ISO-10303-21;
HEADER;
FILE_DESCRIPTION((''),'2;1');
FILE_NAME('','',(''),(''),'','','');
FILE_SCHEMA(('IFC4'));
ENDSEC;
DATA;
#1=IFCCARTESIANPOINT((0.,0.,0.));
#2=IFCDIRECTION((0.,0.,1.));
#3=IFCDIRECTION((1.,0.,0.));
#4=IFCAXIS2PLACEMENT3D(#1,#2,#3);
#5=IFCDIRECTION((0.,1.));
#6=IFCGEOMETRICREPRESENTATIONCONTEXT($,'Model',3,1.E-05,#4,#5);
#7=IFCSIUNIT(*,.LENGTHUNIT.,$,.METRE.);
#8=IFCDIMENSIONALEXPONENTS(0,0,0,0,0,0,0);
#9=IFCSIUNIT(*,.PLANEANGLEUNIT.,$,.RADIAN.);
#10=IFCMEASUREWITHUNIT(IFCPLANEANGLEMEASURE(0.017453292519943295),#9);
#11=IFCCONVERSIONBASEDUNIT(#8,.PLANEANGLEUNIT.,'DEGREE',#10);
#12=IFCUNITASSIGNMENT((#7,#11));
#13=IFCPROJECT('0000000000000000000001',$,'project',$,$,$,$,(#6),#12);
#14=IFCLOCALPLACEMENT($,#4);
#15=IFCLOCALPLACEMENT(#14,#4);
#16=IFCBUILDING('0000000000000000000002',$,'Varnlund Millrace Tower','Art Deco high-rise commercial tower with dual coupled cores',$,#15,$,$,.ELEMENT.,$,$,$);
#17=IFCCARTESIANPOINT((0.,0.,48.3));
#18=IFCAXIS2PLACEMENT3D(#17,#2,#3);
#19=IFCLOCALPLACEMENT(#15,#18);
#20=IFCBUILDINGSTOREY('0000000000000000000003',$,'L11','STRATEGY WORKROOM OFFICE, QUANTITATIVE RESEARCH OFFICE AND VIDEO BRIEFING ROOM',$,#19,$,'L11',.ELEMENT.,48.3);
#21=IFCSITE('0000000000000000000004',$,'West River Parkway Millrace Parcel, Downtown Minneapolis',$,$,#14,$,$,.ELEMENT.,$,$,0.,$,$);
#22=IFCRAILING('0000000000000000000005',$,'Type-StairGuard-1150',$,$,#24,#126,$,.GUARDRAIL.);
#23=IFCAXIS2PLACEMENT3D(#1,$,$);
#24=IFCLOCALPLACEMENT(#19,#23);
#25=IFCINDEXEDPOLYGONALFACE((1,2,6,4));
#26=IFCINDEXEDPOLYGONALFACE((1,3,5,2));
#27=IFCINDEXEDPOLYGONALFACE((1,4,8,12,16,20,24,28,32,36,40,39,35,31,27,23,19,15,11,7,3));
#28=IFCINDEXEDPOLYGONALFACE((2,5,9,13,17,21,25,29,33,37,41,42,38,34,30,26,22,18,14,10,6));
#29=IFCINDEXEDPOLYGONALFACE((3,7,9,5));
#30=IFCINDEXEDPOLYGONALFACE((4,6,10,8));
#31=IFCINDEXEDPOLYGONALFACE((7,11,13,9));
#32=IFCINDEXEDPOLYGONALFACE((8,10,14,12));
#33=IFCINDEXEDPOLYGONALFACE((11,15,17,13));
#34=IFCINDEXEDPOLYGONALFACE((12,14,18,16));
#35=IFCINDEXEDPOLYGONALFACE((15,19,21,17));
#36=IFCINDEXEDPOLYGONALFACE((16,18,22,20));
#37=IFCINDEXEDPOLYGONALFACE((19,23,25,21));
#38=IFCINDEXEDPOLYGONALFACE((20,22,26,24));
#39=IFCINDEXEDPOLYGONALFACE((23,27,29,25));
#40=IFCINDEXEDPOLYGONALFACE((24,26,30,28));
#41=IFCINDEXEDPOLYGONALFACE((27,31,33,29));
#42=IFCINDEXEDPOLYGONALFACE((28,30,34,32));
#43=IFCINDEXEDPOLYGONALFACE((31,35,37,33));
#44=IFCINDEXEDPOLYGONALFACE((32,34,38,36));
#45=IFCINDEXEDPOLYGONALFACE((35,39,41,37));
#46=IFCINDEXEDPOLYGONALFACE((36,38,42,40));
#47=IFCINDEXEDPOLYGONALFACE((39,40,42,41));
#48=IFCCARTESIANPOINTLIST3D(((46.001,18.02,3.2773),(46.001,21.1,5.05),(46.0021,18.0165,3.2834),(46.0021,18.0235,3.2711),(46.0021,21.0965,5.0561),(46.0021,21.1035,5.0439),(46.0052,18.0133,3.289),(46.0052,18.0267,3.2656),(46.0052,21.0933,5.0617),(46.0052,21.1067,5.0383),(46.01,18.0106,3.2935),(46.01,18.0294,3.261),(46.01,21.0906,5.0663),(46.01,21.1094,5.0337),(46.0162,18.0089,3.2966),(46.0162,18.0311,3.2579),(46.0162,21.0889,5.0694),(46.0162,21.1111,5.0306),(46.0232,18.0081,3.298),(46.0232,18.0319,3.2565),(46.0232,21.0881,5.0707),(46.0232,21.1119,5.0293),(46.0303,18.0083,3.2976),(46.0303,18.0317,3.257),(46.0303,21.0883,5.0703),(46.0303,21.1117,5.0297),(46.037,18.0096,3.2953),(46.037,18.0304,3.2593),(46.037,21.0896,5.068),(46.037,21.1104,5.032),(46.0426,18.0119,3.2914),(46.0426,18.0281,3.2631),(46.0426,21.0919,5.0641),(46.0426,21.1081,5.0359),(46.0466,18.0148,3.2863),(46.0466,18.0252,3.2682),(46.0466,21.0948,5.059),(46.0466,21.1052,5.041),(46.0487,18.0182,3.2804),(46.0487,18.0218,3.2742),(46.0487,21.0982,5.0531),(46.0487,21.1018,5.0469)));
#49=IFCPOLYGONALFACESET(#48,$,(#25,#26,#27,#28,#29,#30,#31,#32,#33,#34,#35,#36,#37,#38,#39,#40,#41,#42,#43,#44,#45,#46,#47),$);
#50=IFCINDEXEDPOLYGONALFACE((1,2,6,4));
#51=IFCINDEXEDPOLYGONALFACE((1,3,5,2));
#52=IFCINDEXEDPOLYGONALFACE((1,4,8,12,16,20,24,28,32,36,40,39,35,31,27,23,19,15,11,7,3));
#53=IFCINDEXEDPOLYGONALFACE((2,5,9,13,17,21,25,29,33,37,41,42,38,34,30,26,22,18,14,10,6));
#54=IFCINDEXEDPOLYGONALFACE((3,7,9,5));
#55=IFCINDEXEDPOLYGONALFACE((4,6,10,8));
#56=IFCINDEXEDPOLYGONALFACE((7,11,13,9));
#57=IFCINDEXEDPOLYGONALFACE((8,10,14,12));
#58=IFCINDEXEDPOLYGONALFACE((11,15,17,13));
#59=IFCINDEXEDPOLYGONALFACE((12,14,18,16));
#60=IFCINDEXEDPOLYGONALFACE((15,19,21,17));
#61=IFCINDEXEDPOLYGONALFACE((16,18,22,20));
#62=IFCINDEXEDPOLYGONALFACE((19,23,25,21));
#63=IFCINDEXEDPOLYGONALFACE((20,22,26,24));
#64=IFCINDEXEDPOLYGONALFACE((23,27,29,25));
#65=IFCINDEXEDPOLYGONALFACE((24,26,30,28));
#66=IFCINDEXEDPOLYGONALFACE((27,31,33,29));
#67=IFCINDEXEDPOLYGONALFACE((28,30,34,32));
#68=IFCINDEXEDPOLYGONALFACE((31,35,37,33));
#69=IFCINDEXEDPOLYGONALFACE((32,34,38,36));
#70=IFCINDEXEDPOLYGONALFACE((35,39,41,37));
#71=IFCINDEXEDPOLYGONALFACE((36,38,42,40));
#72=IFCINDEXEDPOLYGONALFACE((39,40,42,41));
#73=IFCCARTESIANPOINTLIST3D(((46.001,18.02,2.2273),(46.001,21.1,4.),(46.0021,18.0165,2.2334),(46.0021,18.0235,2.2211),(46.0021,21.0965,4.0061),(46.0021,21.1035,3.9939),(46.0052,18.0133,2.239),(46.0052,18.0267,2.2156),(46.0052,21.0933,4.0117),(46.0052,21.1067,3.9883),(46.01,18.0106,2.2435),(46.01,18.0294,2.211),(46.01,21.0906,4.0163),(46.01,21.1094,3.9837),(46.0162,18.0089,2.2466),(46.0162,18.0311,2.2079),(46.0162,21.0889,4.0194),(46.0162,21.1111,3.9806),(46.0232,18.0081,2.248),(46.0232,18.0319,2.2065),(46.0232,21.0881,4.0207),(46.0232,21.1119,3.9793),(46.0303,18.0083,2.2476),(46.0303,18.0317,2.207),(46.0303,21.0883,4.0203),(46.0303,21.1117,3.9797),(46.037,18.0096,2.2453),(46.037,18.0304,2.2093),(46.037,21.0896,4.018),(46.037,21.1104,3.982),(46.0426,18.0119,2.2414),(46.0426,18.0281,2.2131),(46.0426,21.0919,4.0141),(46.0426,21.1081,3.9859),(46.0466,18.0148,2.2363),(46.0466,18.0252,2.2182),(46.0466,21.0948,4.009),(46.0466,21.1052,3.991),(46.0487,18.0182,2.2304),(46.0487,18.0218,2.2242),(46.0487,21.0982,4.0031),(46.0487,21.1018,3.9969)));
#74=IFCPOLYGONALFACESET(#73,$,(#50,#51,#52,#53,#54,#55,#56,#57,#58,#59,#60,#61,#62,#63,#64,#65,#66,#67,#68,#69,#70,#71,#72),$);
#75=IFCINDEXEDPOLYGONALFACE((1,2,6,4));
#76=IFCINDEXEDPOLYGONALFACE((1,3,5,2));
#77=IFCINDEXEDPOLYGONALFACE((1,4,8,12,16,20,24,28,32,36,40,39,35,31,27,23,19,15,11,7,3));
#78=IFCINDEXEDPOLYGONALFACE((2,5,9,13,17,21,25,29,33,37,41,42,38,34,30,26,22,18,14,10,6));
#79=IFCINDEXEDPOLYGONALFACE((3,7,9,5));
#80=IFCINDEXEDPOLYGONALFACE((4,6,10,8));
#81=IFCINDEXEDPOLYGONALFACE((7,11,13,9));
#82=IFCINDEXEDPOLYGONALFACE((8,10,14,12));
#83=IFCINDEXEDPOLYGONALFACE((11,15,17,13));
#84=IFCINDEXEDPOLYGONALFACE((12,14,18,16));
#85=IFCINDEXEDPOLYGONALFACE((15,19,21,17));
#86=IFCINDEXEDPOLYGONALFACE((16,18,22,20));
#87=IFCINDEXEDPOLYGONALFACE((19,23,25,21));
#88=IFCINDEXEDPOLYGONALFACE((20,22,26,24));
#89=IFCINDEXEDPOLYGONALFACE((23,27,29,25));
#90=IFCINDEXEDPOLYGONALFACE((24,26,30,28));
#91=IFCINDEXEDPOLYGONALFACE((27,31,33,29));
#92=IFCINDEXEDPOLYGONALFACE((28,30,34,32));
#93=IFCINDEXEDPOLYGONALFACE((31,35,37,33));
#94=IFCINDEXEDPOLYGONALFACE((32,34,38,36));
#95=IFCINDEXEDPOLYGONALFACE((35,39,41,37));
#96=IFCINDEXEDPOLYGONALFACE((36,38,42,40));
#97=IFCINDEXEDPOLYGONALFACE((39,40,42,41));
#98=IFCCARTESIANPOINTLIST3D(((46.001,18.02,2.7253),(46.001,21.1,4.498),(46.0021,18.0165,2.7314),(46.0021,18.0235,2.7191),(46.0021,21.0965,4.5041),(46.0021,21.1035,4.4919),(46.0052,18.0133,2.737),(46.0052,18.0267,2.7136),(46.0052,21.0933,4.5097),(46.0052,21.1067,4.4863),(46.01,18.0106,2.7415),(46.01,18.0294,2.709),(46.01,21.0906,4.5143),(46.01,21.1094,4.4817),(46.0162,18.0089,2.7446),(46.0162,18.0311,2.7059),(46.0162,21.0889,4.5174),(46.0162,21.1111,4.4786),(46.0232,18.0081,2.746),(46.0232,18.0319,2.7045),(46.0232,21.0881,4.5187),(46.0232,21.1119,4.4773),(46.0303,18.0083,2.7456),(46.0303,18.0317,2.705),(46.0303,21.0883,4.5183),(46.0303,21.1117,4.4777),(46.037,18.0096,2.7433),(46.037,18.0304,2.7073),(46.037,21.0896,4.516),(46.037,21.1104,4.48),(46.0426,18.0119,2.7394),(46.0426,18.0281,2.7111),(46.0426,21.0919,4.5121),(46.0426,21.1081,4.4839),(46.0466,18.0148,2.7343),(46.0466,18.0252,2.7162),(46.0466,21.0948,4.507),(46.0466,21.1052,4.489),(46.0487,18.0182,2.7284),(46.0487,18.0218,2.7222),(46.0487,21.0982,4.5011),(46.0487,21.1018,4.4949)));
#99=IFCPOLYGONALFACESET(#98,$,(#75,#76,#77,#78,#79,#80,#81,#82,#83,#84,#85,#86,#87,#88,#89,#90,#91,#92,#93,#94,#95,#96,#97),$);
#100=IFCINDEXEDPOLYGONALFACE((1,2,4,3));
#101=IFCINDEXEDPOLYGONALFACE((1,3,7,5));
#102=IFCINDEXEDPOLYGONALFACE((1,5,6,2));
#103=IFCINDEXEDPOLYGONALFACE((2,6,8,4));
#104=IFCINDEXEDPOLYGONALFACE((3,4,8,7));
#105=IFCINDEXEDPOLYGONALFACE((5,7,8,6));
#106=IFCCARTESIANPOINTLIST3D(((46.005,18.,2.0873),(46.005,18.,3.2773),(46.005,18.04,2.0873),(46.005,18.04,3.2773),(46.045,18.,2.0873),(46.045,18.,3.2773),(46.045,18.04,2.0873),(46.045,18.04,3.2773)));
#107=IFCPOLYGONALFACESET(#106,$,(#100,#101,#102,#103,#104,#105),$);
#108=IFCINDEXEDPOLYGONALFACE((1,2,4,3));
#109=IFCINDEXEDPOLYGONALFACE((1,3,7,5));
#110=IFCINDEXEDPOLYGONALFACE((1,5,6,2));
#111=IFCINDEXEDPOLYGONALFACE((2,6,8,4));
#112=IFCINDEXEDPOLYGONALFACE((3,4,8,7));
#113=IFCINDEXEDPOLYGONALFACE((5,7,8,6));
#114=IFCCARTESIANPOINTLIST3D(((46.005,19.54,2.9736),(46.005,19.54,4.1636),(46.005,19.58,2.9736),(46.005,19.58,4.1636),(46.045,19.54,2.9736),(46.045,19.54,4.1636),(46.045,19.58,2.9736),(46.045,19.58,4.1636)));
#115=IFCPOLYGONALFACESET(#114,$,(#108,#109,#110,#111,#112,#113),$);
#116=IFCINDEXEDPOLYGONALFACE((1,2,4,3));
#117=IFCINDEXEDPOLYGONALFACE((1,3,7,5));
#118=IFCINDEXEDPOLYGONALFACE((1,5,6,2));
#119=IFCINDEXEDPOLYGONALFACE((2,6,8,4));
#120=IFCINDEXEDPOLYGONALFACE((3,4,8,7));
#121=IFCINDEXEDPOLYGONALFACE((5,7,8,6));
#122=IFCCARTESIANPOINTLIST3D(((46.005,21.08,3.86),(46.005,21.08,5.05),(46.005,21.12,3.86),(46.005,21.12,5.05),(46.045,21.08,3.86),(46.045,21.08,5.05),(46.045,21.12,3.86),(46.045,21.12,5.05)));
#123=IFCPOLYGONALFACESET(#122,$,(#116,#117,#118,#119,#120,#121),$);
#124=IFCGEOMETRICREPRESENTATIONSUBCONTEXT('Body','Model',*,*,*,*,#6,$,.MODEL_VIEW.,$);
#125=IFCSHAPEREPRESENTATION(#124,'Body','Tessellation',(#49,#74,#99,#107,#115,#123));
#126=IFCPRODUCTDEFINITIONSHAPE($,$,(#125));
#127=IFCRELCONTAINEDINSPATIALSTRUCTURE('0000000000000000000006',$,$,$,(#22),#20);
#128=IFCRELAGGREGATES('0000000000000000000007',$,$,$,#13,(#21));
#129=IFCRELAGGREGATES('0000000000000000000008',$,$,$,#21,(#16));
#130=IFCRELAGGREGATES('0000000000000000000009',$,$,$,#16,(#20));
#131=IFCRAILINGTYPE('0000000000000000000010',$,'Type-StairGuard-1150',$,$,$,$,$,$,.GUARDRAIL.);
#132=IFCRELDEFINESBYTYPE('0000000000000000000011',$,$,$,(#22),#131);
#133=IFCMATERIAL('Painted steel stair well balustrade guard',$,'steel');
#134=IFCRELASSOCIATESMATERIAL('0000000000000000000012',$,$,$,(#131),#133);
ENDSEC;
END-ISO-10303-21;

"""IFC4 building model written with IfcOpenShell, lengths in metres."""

from ifc_helpers import new_model, entity, si_unit, converted_unit, direction, frame, origin_with_axes, origin_2d_with_axis, place, context, subcontext, project, spatial, rectangle, circle, extrude, material, type_object, element, save


model = new_model("IFC4")

# Units and contexts
model_context = context("Model", 3, precision=1e-05, world=origin_with_axes(), true_north=direction((0.0, 1.0)))
body_context = subcontext(model_context, "Body", "Model", "MODEL_VIEW")
ifc_project = project(units=[si_unit("LENGTHUNIT", "METRE"), converted_unit("PLANEANGLEUNIT", "DEGREE", entity("IfcPlaneAngleMeasure", 0.017453292519943295), si_unit("PLANEANGLEUNIT", "RADIAN"), dimensions=[0, 0, 0, 0, 0, 0, 0])], contexts=[model_context])

# Site, building, storey
site_placement = place(None, origin_with_axes())
site = spatial("IfcSite", under=ifc_project, at=site_placement, Name="West River Parkway Millrace Parcel, Downtown Minneapolis", CompositionType="ELEMENT", RefElevation=0.0)
building_placement = place(site_placement, origin_with_axes())
building = spatial("IfcBuilding", under=site, at=building_placement, Name="Varnlund Millrace Tower", Description="Art Deco high-rise commercial tower with dual coupled cores", CompositionType="ELEMENT")
storey_placement = place(building_placement, frame((0.0, 0.0, 48.3), z_axis=(0.0, 0.0, 1.0), x_axis=(1.0, 0.0, 0.0)))
storey = spatial("IfcBuildingStorey", under=building, at=storey_placement, Name="L11", Description="STRATEGY WORKROOM OFFICE, QUANTITATIVE RESEARCH OFFICE AND VIDEO BRIEFING ROOM", LongName="L11", CompositionType="ELEMENT", Elevation=48.3)

# Railing
ifc_material_1 = material(Name="Painted steel stair well balustrade guard", Category="steel")
railing_type_1 = type_object("IfcRailingType", Name="Type-StairGuard-1150", PredefinedType="GUARDRAIL", material=ifc_material_1)
railing_1_placement = place(storey_placement, frame((0.0, 0.0, -48.3), z_axis=(0.0, 0.0, 1.0), x_axis=(1.0, 0.0, 0.0)))
element("IfcRailing", 1, at=railing_1_placement, inside=storey, type_object=railing_type_1, Name="Type-StairGuard-1150", PredefinedType="GUARDRAIL", context=body_context, shape_type="SweptSolid", body=[
    extrude(circle(Radius=0.024, at=origin_2d_with_axis()), frame((46.025, 18.02, 51.5773), z_axis=(0.0, 0.866696, 0.498836), x_axis=(-1.0, 0.0, 0.0)), (0.0, 0.0, 1.0), 3.5537),
    extrude(circle(Radius=0.024, at=origin_2d_with_axis()), frame((46.025, 18.02, 50.5273), z_axis=(0.0, 0.866696, 0.498836), x_axis=(-1.0, 0.0, 0.0)), (0.0, 0.0, 1.0), 3.5537),
    extrude(circle(Radius=0.024, at=origin_2d_with_axis()), frame((46.025, 18.02, 51.0253), z_axis=(0.0, 0.866696, 0.498836), x_axis=(-1.0, 0.0, 0.0)), (0.0, 0.0, 1.0), 3.5537),
    extrude(rectangle(XDim=0.04, YDim=0.04, at=origin_2d_with_axis()), frame((46.025, 18.02, 50.3873), z_axis=(0.0, 0.0, 1.0), x_axis=(1.0, 0.0, 0.0)), (0.0, 0.0, 1.0), 1.19),
    extrude(rectangle(XDim=0.04, YDim=0.04, at=origin_2d_with_axis()), frame((46.025, 19.56, 51.2736), z_axis=(0.0, 0.0, 1.0), x_axis=(1.0, 0.0, 0.0)), (0.0, 0.0, 1.0), 1.19),
    extrude(rectangle(XDim=0.04, YDim=0.04, at=origin_2d_with_axis()), frame((46.025, 21.1, 52.16), z_axis=(0.0, 0.0, 1.0), x_axis=(1.0, 0.0, 0.0)), (0.0, 0.0, 1.0), 1.19),
])

save(model, "model.ifc")
